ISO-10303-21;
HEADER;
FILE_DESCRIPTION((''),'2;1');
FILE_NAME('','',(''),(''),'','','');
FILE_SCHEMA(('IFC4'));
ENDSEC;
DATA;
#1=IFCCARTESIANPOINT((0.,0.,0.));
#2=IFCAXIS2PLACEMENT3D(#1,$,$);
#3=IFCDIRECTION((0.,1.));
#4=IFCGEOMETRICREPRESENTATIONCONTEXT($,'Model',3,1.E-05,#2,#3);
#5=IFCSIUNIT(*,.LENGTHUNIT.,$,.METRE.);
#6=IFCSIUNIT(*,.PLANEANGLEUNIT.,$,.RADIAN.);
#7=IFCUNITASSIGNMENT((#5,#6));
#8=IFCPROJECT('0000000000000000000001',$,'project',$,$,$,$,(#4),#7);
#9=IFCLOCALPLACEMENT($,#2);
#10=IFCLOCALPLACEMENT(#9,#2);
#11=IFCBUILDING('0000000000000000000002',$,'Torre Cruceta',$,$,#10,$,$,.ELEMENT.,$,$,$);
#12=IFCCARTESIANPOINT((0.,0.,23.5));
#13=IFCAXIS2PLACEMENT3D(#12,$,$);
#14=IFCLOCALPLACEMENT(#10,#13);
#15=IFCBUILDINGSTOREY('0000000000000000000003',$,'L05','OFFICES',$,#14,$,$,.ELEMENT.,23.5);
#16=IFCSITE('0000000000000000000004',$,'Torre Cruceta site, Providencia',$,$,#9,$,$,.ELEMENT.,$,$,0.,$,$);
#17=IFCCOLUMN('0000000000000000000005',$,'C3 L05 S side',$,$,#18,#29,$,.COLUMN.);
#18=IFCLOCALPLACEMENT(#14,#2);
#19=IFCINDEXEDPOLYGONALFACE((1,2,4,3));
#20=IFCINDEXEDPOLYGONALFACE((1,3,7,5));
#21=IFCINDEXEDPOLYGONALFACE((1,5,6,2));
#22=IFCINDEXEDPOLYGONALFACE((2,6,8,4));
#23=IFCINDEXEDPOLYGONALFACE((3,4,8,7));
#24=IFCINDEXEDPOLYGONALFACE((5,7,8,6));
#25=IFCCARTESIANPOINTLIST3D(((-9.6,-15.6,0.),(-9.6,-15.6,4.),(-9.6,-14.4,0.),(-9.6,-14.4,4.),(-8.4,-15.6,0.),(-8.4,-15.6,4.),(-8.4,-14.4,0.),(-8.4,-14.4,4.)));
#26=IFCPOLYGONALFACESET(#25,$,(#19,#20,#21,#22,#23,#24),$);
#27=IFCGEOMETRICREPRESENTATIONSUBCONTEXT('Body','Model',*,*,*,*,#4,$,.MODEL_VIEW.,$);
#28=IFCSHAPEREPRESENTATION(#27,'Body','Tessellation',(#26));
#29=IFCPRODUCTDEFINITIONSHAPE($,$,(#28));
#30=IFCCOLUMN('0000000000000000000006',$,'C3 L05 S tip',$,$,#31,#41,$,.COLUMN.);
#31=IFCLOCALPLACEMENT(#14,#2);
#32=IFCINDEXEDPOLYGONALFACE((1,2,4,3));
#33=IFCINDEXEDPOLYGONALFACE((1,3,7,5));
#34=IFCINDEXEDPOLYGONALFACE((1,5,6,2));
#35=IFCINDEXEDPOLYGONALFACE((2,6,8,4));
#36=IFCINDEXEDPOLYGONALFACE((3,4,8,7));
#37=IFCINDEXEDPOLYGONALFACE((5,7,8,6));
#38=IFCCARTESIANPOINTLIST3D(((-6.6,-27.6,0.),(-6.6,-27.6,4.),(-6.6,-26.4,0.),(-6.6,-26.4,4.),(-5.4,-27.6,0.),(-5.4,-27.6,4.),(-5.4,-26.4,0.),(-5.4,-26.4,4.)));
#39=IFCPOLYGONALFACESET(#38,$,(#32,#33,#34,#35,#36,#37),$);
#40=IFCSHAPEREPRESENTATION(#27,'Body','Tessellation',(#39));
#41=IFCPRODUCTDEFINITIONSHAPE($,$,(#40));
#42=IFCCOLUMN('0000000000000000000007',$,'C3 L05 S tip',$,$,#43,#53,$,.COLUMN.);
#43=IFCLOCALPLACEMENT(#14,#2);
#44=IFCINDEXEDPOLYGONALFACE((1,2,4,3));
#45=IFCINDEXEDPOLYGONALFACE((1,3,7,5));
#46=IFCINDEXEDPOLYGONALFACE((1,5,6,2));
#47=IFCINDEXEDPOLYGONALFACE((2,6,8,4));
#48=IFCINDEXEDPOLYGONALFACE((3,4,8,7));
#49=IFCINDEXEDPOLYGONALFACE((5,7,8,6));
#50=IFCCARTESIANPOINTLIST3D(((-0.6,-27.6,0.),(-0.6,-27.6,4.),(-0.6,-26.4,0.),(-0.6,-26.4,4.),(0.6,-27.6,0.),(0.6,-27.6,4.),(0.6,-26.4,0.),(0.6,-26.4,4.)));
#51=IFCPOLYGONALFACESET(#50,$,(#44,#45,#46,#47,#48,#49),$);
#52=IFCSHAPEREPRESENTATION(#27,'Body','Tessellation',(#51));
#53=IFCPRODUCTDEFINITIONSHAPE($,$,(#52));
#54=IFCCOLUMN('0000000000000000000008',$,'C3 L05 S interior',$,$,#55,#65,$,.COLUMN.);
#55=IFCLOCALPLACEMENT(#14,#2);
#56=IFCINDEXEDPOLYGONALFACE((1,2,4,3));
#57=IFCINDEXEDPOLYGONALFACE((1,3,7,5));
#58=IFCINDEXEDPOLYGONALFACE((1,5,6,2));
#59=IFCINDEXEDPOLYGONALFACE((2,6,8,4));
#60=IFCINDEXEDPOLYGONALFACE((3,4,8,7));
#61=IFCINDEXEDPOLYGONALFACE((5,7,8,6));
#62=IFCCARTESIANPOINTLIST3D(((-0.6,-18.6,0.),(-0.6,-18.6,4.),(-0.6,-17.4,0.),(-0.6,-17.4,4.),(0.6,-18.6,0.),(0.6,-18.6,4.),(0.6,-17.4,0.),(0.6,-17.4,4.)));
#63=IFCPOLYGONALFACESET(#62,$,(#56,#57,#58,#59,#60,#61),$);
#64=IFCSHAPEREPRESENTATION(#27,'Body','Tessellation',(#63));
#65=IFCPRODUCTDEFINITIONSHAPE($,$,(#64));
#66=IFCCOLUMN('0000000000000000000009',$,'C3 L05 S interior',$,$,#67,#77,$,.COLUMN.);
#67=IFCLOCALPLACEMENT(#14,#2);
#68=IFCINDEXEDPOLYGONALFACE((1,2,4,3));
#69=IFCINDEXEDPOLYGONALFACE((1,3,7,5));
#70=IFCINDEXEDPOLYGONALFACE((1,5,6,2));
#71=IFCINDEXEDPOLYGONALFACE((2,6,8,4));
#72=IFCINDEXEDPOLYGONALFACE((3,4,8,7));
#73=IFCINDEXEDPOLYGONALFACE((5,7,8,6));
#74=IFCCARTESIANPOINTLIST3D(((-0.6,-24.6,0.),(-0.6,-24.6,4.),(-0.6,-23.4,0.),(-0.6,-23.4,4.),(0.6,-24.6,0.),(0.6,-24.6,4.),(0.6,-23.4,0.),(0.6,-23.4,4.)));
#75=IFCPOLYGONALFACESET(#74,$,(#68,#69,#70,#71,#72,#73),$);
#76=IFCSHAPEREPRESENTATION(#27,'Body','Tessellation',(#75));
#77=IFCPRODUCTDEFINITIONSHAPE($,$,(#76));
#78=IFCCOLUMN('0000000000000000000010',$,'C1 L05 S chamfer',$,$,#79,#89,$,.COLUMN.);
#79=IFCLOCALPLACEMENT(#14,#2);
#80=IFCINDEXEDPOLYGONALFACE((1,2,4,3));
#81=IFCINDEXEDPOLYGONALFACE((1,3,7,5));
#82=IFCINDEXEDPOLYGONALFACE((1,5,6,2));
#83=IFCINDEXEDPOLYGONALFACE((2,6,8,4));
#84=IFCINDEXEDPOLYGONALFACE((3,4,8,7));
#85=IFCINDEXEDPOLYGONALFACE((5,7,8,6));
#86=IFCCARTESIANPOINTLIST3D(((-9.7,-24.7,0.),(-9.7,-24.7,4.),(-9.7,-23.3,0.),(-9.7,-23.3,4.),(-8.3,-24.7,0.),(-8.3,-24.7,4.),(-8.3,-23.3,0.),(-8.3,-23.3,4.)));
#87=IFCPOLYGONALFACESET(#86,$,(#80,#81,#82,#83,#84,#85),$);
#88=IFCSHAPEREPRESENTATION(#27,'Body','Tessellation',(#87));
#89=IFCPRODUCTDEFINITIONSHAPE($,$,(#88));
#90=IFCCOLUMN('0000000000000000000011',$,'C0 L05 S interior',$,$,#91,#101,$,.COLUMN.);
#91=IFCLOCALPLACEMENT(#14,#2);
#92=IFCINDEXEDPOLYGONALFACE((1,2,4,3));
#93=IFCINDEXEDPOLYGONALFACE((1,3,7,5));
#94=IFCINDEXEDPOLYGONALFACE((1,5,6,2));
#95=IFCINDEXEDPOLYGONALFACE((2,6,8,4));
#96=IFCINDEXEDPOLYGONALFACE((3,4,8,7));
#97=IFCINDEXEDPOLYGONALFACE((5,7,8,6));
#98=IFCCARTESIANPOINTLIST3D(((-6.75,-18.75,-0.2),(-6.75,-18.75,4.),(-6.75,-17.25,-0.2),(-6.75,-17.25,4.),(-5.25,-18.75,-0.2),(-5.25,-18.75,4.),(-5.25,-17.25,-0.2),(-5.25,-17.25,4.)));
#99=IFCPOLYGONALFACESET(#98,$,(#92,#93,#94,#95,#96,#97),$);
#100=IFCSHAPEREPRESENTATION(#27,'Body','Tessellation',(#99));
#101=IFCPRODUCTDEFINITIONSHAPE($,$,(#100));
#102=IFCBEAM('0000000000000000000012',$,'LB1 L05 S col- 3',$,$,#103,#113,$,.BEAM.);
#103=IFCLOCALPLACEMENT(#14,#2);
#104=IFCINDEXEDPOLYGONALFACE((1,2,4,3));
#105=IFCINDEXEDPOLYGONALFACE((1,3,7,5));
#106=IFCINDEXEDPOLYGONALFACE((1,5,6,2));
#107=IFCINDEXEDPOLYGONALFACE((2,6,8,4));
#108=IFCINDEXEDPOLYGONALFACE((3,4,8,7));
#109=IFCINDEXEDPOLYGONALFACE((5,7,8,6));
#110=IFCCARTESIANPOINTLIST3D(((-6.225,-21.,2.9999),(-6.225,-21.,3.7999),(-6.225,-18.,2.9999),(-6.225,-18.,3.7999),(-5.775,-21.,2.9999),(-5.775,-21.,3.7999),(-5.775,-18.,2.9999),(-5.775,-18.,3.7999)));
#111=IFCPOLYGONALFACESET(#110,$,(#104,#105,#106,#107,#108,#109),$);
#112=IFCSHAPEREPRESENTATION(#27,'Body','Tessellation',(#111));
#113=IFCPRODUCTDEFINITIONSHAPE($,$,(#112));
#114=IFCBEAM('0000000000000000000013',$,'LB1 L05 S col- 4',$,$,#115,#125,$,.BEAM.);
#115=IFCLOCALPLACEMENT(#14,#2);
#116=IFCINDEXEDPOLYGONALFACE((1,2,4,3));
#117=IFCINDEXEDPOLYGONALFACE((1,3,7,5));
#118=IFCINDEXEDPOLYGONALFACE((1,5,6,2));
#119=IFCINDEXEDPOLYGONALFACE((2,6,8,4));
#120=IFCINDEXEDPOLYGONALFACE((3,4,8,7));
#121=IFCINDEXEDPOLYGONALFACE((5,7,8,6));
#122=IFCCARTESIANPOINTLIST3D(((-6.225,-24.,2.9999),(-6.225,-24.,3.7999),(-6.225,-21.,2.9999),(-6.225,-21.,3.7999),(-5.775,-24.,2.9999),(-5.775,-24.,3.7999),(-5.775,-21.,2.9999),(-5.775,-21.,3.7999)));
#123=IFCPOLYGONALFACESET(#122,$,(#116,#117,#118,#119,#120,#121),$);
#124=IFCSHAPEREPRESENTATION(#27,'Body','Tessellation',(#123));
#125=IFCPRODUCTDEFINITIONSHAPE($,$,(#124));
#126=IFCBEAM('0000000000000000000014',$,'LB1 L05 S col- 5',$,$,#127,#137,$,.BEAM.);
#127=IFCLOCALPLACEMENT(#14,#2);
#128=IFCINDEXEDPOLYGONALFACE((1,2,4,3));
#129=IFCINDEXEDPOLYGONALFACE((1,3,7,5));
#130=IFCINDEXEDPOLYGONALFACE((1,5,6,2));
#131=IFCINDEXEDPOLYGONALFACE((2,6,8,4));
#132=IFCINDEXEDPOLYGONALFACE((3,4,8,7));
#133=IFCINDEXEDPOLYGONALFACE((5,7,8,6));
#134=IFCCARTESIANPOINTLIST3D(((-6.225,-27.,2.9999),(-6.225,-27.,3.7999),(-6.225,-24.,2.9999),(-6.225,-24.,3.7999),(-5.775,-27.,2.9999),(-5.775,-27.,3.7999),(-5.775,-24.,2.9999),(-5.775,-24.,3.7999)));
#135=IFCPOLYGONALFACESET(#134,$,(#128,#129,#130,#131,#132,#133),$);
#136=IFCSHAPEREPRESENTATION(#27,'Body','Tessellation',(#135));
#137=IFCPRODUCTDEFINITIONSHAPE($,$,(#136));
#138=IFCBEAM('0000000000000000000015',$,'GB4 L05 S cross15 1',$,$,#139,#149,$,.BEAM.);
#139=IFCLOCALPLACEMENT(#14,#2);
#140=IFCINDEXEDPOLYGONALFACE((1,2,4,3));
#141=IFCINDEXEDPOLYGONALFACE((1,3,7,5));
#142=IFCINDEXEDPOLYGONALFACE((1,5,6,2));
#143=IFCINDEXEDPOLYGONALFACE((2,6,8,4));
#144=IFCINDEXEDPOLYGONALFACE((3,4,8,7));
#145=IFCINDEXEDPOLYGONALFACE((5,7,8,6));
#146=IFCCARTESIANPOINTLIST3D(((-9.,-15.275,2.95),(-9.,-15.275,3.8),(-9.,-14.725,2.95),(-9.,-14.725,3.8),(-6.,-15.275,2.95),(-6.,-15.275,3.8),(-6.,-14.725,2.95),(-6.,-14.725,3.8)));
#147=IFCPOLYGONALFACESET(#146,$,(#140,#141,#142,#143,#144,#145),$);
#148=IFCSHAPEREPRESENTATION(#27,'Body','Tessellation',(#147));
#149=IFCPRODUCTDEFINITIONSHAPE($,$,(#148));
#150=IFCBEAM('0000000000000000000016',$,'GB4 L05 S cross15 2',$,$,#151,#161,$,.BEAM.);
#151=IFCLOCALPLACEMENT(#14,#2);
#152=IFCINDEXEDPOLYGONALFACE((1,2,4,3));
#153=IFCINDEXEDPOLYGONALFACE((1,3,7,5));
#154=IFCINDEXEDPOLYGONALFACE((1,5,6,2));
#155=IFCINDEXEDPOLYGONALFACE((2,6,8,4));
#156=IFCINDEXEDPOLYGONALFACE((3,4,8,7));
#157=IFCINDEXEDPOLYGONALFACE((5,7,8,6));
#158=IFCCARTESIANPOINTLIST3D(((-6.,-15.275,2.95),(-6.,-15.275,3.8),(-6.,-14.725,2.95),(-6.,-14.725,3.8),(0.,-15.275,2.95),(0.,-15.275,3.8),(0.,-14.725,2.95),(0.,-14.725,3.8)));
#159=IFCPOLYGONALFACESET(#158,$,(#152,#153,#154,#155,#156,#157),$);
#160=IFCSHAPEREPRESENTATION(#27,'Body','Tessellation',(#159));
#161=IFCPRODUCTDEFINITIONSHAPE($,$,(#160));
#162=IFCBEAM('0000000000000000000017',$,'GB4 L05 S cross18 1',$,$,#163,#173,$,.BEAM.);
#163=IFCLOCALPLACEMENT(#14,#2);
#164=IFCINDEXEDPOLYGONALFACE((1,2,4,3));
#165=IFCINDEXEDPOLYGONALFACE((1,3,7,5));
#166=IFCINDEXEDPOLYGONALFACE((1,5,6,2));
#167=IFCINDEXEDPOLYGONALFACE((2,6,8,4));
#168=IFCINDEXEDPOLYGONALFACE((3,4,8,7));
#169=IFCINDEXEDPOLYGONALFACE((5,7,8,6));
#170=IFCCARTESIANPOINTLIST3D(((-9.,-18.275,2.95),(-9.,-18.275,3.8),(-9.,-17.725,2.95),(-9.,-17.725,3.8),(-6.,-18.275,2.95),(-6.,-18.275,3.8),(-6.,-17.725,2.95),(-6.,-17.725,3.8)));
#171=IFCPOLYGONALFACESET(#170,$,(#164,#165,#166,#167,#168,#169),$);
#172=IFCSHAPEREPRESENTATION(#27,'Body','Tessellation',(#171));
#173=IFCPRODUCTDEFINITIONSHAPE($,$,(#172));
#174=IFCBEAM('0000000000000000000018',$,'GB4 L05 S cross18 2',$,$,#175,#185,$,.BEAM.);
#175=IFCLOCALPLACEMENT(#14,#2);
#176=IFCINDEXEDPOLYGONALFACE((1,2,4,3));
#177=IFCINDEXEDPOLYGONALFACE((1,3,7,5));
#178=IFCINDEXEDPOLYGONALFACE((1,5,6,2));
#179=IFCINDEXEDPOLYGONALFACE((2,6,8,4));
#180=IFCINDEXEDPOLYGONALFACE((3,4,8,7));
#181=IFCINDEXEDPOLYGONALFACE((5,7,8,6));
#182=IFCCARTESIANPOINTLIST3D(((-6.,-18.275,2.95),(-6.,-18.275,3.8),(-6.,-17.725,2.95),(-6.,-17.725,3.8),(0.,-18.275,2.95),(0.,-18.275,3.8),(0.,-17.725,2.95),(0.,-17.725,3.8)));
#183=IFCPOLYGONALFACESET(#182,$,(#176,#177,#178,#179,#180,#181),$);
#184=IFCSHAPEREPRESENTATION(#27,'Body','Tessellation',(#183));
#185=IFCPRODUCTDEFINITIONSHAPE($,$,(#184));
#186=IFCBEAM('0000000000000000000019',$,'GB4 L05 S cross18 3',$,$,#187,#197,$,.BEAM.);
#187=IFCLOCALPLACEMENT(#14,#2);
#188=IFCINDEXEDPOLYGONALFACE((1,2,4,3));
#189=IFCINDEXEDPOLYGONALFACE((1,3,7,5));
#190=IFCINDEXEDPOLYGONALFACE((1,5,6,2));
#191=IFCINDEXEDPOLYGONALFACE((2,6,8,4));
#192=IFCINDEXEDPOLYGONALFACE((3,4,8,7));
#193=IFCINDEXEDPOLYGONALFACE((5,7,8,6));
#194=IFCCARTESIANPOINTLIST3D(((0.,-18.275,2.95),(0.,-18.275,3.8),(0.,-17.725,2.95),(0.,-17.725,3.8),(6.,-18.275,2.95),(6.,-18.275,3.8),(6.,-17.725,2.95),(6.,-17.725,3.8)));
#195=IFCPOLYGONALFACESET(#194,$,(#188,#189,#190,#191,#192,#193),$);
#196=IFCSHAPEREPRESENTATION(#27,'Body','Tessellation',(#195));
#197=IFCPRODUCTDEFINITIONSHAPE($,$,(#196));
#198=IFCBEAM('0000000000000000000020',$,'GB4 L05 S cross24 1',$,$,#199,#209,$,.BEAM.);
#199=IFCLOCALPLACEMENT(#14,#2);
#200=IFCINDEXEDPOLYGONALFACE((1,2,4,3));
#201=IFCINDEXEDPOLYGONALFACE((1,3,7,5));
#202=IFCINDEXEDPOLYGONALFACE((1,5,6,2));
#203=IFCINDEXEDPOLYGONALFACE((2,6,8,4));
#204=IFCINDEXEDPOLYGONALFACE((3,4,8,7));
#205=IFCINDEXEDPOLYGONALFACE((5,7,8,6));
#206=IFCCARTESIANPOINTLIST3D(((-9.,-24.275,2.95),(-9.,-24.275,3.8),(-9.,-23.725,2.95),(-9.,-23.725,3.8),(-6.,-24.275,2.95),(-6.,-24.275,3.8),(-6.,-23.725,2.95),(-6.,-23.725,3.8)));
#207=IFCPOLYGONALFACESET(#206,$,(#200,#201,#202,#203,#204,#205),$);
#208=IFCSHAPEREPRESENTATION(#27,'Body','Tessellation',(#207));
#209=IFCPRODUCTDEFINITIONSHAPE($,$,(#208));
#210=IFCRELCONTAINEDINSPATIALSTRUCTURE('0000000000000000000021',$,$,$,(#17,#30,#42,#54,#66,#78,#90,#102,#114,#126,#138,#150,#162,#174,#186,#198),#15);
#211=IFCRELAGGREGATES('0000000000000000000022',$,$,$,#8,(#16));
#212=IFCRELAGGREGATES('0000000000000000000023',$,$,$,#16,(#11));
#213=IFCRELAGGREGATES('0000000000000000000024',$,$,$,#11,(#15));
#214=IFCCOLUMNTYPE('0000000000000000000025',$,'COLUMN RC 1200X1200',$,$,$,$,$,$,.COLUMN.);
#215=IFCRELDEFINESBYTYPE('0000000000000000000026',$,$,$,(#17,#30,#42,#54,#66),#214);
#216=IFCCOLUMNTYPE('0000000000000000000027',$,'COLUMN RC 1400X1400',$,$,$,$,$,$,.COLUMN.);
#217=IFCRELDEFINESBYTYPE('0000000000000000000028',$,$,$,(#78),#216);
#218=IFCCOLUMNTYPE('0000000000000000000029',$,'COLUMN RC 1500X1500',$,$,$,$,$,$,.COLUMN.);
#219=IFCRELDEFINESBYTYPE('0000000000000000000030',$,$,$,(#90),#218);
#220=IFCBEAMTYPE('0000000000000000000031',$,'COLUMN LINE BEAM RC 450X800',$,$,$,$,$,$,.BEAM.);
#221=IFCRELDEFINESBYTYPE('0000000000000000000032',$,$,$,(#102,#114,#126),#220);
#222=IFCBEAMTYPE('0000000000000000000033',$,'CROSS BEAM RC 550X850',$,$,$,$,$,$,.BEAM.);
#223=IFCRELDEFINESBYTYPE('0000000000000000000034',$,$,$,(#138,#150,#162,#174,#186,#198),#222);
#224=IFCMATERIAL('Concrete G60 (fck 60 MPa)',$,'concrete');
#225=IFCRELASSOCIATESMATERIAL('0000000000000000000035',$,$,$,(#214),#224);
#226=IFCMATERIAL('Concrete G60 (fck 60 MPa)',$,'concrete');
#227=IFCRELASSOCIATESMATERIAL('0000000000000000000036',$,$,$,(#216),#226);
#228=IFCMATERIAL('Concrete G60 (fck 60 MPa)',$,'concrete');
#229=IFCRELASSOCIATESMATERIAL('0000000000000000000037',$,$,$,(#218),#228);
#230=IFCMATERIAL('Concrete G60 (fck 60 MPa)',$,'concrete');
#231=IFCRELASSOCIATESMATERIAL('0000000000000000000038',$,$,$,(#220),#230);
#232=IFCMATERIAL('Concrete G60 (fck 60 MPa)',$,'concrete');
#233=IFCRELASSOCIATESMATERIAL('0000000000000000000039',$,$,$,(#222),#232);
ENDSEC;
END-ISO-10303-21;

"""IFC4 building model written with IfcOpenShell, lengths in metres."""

from ifc_helpers import new_model, si_unit, direction, frame, origin, origin_2d, place, context, subcontext, project, spatial, rectangle, extrude, material, material_profile, profile_set, type_object, element, save


model = new_model("IFC4")

# Units and contexts
model_context = context("Model", 3, precision=1e-05, world=origin(), true_north=direction((0.0, 1.0)))
body_context = subcontext(model_context, "Body", "Model", "MODEL_VIEW")
ifc_project = project(units=[si_unit("LENGTHUNIT", "METRE"), si_unit("PLANEANGLEUNIT", "RADIAN")], contexts=[model_context])

# Site, building, storey
site_placement = place(None, origin())
site = spatial("IfcSite", under=ifc_project, at=site_placement, Name="Torre Cruceta site, Providencia", CompositionType="ELEMENT", RefElevation=0.0)
building_placement = place(site_placement, origin())
building = spatial("IfcBuilding", under=site, at=building_placement, Name="Torre Cruceta", CompositionType="ELEMENT")
storey_placement = place(building_placement, frame((0.0, 0.0, 23.5)))
storey = spatial("IfcBuildingStorey", under=building, at=storey_placement, Name="L05", Description="OFFICES", CompositionType="ELEMENT", Elevation=23.5)

# Columns
ifc_material_1 = material(Name="Concrete G60 (fck 60 MPa)", Category="concrete")
ifc_material_profile_1 = material_profile(ifc_material_1, rectangle(XDim=1.2, YDim=1.2, at=origin_2d()), Name="RC 1200X1200")
ifc_profile_set_1 = profile_set([ifc_material_profile_1], Name="Concrete G60 (fck 60 MPa)")
column_type_1 = type_object("IfcColumnType", Name="COLUMN RC 1200X1200", PredefinedType="COLUMN", material=ifc_profile_set_1)
for number, where, z_axis, x_axis, name in (
    (1, (-9.0, -15.0, 0.0), (0.0, 0.0, 1.0), (1.0, 0.0, 0.0), "C3 L05 S side"),
    (2, (-6.0, -27.0, 0.0), (0.0, 0.0, 1.0), (1.0, 0.0, 0.0), "C3 L05 S tip"),
    (3, (0.0, -27.0, 0.0), (0.0, 0.0, 1.0), (1.0, 0.0, 0.0), "C3 L05 S tip"),
    (4, (0.0, -18.0, 0.0), (0.0, 0.0, 1.0), (1.0, 0.0, 0.0), "C3 L05 S interior"),
    (5, (0.0, -24.0, 0.0), (0.0, 0.0, 1.0), (1.0, 0.0, 0.0), "C3 L05 S interior"),
):
    element("IfcColumn", number, at=place(storey_placement, frame(where, z_axis=z_axis, x_axis=x_axis)), inside=storey, type_object=column_type_1, Name=name, PredefinedType="COLUMN", context=body_context, shape_type="SweptSolid", body=[
        extrude(rectangle(XDim=1.2, YDim=1.2, at=origin_2d()), origin(), (0.0, 0.0, 1.0), 4.0),
    ])
ifc_material_2 = material(Name="Concrete G60 (fck 60 MPa)", Category="concrete")
ifc_material_profile_2 = material_profile(ifc_material_2, rectangle(XDim=1.3999, YDim=1.3999, at=origin_2d()), Name="RC 1400X1400")
ifc_profile_set_2 = profile_set([ifc_material_profile_2], Name="Concrete G60 (fck 60 MPa)")
column_type_2 = type_object("IfcColumnType", Name="COLUMN RC 1400X1400", PredefinedType="COLUMN", material=ifc_profile_set_2)
column_1_placement = place(storey_placement, frame((-9.0, -24.0, 0.0), z_axis=(0.0, 0.0, 1.0), x_axis=(1.0, 0.0, 0.0)))
element("IfcColumn", 6, at=column_1_placement, inside=storey, type_object=column_type_2, Name="C1 L05 S chamfer", PredefinedType="COLUMN", context=body_context, shape_type="SweptSolid", body=[
    extrude(rectangle(XDim=1.3999, YDim=1.3999, at=origin_2d()), origin(), (0.0, 0.0, 1.0), 4.0),
])
ifc_material_3 = material(Name="Concrete G60 (fck 60 MPa)", Category="concrete")
ifc_material_profile_3 = material_profile(ifc_material_3, rectangle(XDim=1.5, YDim=1.5, at=origin_2d()), Name="RC 1500X1500")
ifc_profile_set_3 = profile_set([ifc_material_profile_3], Name="Concrete G60 (fck 60 MPa)")
column_type_3 = type_object("IfcColumnType", Name="COLUMN RC 1500X1500", PredefinedType="COLUMN", material=ifc_profile_set_3)
column_2_placement = place(storey_placement, frame((-6.0, -18.0, -0.2), z_axis=(0.0, 0.0, 1.0), x_axis=(1.0, 0.0, 0.0)))
element("IfcColumn", 7, at=column_2_placement, inside=storey, type_object=column_type_3, Name="C0 L05 S interior", PredefinedType="COLUMN", context=body_context, shape_type="SweptSolid", body=[
    extrude(rectangle(XDim=1.5, YDim=1.5, at=origin_2d()), origin(), (0.0, 0.0, 1.0), 4.2),
])

# Beams
ifc_material_4 = material(Name="Concrete G60 (fck 60 MPa)", Category="concrete")
ifc_material_profile_4 = material_profile(ifc_material_4, rectangle(XDim=0.45, YDim=0.8, at=origin_2d()), Name="RC 450X800")
ifc_profile_set_4 = profile_set([ifc_material_profile_4], Name="Concrete G60 (fck 60 MPa)")
beam_type_1 = type_object("IfcBeamType", Name="COLUMN LINE BEAM RC 450X800", PredefinedType="BEAM", material=ifc_profile_set_4)
for number, where, z_axis, x_axis, name in (
    (8, (-6.0, -18.0, 3.3999), (0.0, -1.0, 0.0), (1.0, 0.0, 0.0), "LB1 L05 S col- 3"),
    (9, (-6.0, -21.0, 3.3999), (0.0, -1.0, 0.0), (1.0, 0.0, 0.0), "LB1 L05 S col- 4"),
    (10, (-6.0, -24.0, 3.3999), (0.0, -1.0, 0.0), (1.0, 0.0, 0.0), "LB1 L05 S col- 5"),
):
    element("IfcBeam", number, at=place(storey_placement, frame(where, z_axis=z_axis, x_axis=x_axis)), inside=storey, type_object=beam_type_1, Name=name, PredefinedType="BEAM", context=body_context, shape_type="SweptSolid", body=[
        extrude(rectangle(XDim=0.45, YDim=0.8, at=origin_2d()), origin(), (0.0, 0.0, 1.0), 3.0),
    ])
ifc_material_5 = material(Name="Concrete G60 (fck 60 MPa)", Category="concrete")
ifc_material_profile_5 = material_profile(ifc_material_5, rectangle(XDim=0.55, YDim=0.8501, at=origin_2d()), Name="RC 550X850")
ifc_profile_set_5 = profile_set([ifc_material_profile_5], Name="Concrete G60 (fck 60 MPa)")
beam_type_2 = type_object("IfcBeamType", Name="CROSS BEAM RC 550X850", PredefinedType="BEAM", material=ifc_profile_set_5)
beam_1_placement = place(storey_placement, frame((-9.0, -15.0, 3.375), z_axis=(1.0, 0.0, 0.0), x_axis=(0.0, 1.0, 0.0)))
element("IfcBeam", 11, at=beam_1_placement, inside=storey, type_object=beam_type_2, Name="GB4 L05 S cross15 1", PredefinedType="BEAM", context=body_context, shape_type="SweptSolid", body=[
    extrude(rectangle(XDim=0.55, YDim=0.8501, at=origin_2d()), origin(), (0.0, 0.0, 1.0), 3.0),
])
beam_2_placement = place(storey_placement, frame((-6.0, -15.0, 3.375), z_axis=(1.0, 0.0, 0.0), x_axis=(0.0, 1.0, 0.0)))
element("IfcBeam", 12, at=beam_2_placement, inside=storey, type_object=beam_type_2, Name="GB4 L05 S cross15 2", PredefinedType="BEAM", context=body_context, shape_type="SweptSolid", body=[
    extrude(rectangle(XDim=0.55, YDim=0.8501, at=origin_2d()), origin(), (0.0, 0.0, 1.0), 6.0),
])
beam_3_placement = place(storey_placement, frame((-9.0, -18.0, 3.375), z_axis=(1.0, 0.0, 0.0), x_axis=(0.0, 1.0, 0.0)))
element("IfcBeam", 13, at=beam_3_placement, inside=storey, type_object=beam_type_2, Name="GB4 L05 S cross18 1", PredefinedType="BEAM", context=body_context, shape_type="SweptSolid", body=[
    extrude(rectangle(XDim=0.55, YDim=0.8501, at=origin_2d()), origin(), (0.0, 0.0, 1.0), 3.0),
])
for number, where, z_axis, x_axis, name in (
    (14, (-6.0, -18.0, 3.375), (1.0, 0.0, 0.0), (0.0, 1.0, 0.0), "GB4 L05 S cross18 2"),
    (15, (0.0, -18.0, 3.375), (1.0, 0.0, 0.0), (0.0, 1.0, 0.0), "GB4 L05 S cross18 3"),
):
    element("IfcBeam", number, at=place(storey_placement, frame(where, z_axis=z_axis, x_axis=x_axis)), inside=storey, type_object=beam_type_2, Name=name, PredefinedType="BEAM", context=body_context, shape_type="SweptSolid", body=[
        extrude(rectangle(XDim=0.55, YDim=0.8501, at=origin_2d()), origin(), (0.0, 0.0, 1.0), 6.0),
    ])
beam_4_placement = place(storey_placement, frame((-9.0, -24.0, 3.375), z_axis=(1.0, 0.0, 0.0), x_axis=(0.0, 1.0, 0.0)))
element("IfcBeam", 16, at=beam_4_placement, inside=storey, type_object=beam_type_2, Name="GB4 L05 S cross24 1", PredefinedType="BEAM", context=body_context, shape_type="SweptSolid", body=[
    extrude(rectangle(XDim=0.55, YDim=0.8501, at=origin_2d()), origin(), (0.0, 0.0, 1.0), 3.0),
])

save(model, "model.ifc")
